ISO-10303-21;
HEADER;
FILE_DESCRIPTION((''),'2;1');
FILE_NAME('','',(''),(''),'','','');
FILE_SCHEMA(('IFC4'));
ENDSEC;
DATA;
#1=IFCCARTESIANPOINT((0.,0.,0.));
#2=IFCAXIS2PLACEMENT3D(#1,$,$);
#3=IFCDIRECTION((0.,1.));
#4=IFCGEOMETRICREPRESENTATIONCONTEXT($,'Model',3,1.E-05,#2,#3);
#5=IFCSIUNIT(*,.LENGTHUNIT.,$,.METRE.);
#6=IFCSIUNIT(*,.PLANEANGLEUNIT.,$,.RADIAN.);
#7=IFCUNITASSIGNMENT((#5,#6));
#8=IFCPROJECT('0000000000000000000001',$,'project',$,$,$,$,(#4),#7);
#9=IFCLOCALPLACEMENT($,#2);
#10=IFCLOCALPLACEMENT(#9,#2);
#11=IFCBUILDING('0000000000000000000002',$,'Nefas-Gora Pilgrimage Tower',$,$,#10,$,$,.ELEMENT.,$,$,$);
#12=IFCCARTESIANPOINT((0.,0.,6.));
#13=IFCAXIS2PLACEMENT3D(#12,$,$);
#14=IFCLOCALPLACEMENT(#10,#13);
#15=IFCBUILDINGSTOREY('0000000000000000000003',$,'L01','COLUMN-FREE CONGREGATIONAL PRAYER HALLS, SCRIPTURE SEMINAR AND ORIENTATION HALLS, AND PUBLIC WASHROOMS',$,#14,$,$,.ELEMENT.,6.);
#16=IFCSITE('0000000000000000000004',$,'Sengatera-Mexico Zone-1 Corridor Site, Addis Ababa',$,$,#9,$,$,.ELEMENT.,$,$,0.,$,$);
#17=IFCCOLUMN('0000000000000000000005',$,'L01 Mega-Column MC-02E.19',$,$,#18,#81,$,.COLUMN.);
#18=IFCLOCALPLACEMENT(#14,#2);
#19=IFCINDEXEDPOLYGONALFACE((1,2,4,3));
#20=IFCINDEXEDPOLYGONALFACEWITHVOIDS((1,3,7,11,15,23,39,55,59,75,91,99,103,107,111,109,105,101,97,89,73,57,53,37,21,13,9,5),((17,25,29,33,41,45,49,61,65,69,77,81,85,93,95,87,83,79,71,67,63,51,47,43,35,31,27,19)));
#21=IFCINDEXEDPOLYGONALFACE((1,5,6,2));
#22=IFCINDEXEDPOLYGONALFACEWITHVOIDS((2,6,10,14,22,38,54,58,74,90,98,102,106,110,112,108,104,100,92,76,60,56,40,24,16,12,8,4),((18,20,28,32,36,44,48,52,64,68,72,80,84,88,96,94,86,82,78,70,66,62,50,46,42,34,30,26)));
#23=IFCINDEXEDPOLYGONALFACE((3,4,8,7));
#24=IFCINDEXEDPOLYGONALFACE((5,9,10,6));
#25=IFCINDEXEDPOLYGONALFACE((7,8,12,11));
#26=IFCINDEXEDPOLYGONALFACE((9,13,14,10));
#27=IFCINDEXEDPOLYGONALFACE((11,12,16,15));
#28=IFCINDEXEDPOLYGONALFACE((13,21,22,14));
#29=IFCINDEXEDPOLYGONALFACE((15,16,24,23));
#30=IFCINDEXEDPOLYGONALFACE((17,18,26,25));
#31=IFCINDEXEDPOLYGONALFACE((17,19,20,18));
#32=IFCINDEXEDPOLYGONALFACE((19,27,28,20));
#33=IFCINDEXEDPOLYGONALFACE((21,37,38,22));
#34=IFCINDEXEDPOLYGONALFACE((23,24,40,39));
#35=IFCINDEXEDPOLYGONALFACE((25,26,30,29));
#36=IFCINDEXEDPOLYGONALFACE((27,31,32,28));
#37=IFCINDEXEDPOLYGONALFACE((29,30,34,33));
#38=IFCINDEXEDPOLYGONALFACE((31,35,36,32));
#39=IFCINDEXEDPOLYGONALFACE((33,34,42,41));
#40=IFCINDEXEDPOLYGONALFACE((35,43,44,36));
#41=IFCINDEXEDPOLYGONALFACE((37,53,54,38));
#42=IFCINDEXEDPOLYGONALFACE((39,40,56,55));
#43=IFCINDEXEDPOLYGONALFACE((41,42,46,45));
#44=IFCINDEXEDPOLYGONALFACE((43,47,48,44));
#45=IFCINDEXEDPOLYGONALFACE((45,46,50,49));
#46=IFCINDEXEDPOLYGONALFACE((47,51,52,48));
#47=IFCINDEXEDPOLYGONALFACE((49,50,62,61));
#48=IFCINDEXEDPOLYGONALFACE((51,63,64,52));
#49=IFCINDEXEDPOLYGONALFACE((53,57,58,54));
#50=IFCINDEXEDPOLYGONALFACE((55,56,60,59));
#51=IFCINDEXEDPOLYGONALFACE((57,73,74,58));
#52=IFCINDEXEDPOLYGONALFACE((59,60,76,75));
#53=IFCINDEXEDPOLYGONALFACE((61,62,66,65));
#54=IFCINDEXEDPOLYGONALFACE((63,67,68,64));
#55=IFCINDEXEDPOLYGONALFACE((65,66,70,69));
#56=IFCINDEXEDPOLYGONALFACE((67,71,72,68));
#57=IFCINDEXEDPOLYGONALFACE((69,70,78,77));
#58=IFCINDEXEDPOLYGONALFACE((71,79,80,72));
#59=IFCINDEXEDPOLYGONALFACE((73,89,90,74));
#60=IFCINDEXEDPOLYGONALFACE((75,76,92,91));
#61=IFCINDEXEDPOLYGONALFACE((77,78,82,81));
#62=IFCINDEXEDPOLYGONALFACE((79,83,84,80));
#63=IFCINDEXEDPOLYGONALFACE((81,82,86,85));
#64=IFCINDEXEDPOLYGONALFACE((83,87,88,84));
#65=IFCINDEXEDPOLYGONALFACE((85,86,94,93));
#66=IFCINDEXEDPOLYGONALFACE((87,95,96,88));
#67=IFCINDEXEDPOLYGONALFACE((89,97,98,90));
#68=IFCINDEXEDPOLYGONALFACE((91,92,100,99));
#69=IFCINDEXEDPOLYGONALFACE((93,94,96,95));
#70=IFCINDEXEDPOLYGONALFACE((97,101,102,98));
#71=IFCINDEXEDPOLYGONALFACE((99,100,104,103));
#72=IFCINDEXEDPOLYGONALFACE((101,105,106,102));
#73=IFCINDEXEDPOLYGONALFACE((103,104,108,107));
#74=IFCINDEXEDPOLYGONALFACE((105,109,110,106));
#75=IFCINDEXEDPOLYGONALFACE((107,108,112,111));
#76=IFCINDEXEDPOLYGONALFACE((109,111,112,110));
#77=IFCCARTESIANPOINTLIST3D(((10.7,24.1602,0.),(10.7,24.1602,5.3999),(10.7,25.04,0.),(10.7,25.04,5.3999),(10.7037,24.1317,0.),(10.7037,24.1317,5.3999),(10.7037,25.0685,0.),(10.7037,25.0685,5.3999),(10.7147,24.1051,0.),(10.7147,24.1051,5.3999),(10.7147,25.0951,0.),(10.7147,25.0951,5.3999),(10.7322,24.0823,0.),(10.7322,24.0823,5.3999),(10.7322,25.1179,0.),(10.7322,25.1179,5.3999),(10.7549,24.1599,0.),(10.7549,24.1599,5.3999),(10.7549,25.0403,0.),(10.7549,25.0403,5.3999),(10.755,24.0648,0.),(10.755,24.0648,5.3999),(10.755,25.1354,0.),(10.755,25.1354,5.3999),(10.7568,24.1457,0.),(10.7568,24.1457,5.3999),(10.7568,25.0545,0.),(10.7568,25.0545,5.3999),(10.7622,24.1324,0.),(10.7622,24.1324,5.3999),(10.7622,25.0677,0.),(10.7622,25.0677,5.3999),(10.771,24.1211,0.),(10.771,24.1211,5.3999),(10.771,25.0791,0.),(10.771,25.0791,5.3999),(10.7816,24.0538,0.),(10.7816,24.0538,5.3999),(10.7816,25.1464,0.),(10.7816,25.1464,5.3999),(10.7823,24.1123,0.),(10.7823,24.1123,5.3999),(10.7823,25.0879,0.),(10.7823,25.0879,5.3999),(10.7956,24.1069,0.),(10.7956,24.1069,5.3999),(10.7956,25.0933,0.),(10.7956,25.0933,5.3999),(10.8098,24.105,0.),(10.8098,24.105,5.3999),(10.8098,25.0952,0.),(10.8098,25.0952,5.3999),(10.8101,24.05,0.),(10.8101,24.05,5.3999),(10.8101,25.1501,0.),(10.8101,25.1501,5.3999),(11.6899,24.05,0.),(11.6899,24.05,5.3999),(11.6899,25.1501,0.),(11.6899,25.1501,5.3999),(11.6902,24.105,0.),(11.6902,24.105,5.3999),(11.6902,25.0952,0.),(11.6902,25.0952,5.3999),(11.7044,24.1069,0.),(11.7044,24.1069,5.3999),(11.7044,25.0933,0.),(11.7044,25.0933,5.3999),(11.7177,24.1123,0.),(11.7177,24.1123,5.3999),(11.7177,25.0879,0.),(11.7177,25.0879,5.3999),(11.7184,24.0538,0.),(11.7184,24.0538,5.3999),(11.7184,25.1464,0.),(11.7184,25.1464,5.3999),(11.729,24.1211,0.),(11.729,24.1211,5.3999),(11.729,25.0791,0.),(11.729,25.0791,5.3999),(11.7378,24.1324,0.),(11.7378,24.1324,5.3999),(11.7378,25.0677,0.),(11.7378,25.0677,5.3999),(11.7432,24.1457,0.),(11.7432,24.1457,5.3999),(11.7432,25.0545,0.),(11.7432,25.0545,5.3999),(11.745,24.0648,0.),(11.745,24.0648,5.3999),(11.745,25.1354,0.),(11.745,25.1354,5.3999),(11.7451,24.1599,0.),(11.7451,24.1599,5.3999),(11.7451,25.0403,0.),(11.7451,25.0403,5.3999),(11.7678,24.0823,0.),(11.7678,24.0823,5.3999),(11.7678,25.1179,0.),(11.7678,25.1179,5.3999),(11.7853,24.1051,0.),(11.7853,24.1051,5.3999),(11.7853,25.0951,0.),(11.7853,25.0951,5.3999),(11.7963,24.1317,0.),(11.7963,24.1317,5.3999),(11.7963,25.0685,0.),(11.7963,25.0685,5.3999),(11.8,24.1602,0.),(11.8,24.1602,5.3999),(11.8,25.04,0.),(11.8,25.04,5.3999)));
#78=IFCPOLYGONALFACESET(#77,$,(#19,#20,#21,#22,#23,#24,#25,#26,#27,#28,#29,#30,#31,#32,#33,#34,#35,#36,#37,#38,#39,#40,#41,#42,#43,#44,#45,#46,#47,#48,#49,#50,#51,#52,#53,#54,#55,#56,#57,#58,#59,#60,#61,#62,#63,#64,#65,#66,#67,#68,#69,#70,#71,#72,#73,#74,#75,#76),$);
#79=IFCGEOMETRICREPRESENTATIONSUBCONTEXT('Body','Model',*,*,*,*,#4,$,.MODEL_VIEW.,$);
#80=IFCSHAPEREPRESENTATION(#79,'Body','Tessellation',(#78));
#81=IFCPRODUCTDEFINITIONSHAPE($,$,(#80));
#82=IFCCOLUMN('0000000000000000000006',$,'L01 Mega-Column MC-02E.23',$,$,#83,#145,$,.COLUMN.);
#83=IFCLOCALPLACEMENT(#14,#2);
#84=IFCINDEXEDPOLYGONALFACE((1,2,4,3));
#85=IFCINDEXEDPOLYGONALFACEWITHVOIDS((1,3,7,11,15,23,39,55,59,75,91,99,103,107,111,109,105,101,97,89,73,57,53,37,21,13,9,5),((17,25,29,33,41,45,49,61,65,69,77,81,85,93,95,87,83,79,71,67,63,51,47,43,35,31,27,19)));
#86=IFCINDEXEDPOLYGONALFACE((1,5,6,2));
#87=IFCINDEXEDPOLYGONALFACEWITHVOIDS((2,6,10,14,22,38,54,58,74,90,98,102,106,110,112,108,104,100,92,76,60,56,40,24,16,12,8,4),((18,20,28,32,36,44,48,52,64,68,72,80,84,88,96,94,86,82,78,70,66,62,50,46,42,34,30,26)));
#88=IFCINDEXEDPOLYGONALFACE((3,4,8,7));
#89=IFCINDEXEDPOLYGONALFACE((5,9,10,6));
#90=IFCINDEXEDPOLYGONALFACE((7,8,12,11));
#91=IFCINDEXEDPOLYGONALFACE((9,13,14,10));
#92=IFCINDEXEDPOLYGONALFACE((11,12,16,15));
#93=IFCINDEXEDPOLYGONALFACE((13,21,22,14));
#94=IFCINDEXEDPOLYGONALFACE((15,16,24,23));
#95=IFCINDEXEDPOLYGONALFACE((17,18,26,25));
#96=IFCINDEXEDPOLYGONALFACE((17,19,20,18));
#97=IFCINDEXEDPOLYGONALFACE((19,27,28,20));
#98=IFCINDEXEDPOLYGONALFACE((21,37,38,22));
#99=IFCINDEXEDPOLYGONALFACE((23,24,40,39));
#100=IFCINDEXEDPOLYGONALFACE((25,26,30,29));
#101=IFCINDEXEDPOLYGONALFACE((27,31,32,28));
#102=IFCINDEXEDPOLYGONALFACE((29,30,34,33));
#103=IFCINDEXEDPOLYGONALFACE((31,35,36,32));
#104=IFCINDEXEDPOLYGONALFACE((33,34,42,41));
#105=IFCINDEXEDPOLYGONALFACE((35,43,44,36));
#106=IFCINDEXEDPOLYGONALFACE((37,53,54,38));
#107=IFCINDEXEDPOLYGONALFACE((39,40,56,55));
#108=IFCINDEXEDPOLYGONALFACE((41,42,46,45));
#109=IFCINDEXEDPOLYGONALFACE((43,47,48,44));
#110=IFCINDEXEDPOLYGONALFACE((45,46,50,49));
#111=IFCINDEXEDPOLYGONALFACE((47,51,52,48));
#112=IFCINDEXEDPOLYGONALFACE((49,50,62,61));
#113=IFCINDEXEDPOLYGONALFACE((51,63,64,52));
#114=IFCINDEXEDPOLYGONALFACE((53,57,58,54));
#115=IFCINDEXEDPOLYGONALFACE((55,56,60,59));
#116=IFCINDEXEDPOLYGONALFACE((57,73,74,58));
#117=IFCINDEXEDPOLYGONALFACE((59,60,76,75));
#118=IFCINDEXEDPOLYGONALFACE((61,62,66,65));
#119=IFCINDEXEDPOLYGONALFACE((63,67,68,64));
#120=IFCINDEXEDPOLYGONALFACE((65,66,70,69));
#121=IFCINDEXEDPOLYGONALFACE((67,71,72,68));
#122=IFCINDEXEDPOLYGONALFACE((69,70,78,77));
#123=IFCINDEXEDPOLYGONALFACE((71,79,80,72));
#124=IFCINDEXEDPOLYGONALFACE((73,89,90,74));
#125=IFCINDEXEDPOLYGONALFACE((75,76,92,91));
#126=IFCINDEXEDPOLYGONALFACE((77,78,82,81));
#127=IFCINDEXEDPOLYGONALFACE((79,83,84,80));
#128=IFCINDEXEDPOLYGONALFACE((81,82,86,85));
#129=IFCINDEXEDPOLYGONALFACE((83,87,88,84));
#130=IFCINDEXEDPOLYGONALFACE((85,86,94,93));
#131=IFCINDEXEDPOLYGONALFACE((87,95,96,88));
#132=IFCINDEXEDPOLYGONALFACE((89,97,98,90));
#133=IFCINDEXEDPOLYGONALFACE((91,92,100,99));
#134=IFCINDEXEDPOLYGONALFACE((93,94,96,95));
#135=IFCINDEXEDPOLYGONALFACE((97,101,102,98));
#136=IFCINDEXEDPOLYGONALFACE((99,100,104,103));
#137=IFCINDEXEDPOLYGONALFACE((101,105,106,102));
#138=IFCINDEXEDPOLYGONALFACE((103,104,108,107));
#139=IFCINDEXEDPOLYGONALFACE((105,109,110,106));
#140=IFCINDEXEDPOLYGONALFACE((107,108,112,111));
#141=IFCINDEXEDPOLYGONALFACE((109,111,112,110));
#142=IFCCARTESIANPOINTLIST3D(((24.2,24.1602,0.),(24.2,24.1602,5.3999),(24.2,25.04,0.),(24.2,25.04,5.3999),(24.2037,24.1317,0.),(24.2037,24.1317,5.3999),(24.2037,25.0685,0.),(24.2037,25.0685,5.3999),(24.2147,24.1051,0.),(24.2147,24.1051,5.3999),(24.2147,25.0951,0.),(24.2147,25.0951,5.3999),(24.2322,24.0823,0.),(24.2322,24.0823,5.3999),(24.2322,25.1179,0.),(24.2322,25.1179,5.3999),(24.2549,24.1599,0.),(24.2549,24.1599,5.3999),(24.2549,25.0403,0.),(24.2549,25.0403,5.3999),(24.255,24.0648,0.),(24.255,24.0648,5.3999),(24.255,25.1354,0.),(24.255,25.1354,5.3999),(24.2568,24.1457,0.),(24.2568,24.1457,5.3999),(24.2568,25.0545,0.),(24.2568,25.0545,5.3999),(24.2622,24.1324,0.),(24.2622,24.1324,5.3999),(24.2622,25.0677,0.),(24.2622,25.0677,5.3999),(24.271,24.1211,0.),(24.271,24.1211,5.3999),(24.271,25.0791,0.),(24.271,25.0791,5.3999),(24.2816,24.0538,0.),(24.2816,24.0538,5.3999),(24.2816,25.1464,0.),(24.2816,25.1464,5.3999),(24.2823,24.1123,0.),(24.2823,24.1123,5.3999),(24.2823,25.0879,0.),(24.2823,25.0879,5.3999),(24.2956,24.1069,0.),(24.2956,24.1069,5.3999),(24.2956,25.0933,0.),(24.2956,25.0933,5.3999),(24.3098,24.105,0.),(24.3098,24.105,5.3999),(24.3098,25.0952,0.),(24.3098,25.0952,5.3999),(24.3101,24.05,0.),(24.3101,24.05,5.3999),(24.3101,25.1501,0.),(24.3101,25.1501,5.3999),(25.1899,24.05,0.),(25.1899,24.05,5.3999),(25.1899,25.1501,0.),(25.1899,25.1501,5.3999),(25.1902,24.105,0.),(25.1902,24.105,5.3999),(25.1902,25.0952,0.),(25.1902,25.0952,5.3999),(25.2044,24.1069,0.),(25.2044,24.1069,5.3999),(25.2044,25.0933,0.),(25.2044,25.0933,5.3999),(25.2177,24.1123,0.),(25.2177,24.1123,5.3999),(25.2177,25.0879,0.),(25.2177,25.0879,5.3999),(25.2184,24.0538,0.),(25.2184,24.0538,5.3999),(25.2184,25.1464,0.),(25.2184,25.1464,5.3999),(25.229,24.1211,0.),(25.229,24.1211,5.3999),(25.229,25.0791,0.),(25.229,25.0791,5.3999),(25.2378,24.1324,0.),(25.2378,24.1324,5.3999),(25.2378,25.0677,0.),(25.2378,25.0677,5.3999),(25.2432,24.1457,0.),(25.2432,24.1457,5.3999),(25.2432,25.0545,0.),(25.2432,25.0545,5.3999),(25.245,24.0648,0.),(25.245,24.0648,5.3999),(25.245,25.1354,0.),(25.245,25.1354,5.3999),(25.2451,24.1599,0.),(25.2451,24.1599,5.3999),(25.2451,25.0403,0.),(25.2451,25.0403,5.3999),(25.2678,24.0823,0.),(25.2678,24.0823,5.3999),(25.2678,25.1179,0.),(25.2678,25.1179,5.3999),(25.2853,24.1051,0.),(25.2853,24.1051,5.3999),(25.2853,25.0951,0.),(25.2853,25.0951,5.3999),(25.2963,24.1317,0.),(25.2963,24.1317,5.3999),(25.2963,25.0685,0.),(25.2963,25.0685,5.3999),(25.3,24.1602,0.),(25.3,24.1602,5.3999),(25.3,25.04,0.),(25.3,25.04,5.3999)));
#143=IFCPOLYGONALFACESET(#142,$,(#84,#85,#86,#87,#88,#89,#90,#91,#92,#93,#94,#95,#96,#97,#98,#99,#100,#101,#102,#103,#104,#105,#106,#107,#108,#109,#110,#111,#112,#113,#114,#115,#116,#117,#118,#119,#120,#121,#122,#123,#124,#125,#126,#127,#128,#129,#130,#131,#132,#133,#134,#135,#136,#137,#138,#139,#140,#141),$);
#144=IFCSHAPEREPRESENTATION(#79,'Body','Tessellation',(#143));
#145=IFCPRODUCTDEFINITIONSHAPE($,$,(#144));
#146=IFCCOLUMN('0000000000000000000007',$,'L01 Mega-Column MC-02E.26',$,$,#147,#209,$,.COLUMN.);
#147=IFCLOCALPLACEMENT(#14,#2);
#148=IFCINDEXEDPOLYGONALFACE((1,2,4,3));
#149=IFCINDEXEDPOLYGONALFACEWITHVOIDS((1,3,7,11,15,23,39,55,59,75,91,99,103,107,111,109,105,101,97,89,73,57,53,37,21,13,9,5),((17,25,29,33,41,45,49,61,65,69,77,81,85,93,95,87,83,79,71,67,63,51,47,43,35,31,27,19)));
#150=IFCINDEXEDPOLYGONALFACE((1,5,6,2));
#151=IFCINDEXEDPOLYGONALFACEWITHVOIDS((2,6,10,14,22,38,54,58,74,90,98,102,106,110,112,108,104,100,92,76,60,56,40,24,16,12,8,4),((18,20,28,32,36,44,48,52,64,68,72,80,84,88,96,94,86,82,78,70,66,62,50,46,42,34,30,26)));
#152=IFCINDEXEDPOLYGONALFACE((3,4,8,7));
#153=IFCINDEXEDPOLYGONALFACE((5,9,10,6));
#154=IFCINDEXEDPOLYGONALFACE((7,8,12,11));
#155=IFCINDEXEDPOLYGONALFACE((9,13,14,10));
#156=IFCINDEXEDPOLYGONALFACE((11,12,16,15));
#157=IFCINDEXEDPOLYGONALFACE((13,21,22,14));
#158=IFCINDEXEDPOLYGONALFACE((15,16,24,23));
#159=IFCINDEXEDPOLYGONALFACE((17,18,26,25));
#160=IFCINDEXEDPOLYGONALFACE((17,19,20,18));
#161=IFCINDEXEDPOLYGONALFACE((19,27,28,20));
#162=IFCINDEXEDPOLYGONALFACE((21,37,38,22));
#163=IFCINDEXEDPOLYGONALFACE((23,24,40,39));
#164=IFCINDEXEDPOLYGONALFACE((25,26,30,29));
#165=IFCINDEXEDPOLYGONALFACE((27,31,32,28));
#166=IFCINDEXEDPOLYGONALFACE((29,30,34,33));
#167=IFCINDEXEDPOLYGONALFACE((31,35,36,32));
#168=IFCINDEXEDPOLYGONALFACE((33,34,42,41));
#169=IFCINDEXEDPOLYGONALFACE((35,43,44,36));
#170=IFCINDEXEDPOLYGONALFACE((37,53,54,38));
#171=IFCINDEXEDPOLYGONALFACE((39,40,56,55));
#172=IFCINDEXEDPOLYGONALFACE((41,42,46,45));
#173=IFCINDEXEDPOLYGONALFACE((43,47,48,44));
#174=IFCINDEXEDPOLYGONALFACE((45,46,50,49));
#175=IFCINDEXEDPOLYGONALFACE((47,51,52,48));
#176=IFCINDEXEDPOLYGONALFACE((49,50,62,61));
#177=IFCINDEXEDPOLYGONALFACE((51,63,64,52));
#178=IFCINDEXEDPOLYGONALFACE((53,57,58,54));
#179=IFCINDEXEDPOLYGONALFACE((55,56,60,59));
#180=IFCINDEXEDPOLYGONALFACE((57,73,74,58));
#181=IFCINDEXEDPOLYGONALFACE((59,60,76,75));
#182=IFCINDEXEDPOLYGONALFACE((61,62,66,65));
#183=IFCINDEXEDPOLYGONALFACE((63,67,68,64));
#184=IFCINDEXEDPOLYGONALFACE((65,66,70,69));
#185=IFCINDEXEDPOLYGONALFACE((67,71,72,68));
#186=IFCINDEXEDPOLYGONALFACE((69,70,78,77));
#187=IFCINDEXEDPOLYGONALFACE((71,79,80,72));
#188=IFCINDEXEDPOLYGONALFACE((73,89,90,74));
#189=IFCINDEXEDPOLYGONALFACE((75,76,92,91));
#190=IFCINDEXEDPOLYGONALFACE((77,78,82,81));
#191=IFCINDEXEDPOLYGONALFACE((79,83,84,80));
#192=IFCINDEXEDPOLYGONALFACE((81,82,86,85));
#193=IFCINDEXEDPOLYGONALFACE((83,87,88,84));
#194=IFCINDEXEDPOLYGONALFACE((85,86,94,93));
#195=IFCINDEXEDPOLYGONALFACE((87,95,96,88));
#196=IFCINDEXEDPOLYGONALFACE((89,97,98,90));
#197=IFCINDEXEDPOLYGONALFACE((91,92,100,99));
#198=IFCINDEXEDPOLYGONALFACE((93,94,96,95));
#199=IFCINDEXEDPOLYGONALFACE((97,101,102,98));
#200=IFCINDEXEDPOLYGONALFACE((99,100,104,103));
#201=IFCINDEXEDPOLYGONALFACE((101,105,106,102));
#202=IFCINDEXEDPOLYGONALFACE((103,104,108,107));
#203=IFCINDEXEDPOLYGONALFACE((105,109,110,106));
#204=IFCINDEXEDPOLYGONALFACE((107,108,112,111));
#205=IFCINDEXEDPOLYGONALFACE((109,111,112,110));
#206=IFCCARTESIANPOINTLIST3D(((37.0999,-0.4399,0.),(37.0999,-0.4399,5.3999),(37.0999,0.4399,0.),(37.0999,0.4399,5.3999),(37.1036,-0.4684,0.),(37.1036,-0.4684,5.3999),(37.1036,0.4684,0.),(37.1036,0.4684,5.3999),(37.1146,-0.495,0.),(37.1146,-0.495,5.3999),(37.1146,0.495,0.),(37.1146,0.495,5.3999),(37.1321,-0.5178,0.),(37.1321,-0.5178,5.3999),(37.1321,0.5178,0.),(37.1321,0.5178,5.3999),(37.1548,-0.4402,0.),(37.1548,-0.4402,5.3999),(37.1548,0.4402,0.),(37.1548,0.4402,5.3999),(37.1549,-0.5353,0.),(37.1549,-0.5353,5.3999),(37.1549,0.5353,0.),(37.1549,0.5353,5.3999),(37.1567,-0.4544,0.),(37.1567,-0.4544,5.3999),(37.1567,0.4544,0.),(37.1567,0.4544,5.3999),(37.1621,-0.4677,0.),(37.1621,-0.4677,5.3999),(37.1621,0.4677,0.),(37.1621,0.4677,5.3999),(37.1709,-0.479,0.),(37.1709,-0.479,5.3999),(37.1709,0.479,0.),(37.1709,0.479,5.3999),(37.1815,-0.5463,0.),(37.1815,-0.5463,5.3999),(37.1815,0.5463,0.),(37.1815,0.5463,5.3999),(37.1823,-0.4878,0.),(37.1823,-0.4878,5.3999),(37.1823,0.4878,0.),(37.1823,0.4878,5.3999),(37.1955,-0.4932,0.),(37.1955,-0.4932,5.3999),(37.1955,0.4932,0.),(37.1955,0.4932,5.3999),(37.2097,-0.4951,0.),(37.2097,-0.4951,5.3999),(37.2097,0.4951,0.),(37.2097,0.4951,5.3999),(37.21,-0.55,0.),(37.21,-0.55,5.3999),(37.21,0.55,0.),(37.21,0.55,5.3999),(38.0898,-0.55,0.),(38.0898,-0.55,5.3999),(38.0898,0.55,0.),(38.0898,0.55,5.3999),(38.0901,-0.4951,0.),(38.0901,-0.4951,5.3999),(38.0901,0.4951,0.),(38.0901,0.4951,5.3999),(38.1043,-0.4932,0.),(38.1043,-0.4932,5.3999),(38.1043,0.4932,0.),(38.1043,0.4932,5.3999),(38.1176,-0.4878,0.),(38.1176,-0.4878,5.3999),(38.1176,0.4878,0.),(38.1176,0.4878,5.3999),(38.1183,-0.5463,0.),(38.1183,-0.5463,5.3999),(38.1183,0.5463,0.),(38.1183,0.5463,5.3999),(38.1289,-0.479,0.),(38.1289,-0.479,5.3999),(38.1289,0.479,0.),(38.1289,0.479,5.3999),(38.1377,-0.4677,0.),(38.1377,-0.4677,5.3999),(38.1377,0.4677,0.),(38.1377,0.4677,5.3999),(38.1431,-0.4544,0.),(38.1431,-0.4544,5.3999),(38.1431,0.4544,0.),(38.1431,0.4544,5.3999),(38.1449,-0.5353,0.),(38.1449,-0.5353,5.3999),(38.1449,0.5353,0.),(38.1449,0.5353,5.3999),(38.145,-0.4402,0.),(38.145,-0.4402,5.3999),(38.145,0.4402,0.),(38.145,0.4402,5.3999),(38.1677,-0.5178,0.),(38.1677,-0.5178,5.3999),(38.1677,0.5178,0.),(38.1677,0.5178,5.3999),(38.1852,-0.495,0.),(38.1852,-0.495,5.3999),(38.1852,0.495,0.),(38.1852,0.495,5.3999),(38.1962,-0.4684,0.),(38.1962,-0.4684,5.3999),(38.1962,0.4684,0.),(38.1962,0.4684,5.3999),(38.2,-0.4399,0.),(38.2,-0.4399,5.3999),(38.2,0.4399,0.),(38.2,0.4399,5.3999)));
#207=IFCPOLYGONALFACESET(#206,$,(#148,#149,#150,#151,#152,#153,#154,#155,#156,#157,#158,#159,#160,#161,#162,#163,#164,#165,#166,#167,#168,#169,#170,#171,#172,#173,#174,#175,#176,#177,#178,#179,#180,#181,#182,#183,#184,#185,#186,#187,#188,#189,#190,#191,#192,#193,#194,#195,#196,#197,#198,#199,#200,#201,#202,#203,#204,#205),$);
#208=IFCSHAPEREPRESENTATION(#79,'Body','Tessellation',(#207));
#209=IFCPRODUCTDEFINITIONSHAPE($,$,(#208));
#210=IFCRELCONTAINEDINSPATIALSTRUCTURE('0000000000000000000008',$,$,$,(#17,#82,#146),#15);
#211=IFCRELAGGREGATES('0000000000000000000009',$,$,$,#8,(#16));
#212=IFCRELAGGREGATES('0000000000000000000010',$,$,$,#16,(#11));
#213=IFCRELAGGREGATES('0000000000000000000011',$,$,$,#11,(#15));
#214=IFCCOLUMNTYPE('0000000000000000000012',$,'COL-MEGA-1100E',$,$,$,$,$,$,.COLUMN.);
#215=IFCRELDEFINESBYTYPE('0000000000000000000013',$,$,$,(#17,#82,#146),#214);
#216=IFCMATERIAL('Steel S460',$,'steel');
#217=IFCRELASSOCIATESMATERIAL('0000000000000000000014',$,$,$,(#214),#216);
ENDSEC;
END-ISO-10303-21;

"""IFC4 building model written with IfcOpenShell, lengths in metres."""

from ifc_helpers import new_model, si_unit, direction, frame, origin, origin_2d, place, context, subcontext, project, spatial, hollow_rectangle, extrude, source, transform, mapped, material, material_profile, profile_set, type_object, element, save


model = new_model("IFC4")

# Units and contexts
model_context = context("Model", 3, precision=1e-05, world=origin(), true_north=direction((0.0, 1.0)))
body_context = subcontext(model_context, "Body", "Model", "MODEL_VIEW")
ifc_project = project(units=[si_unit("LENGTHUNIT", "METRE"), si_unit("PLANEANGLEUNIT", "RADIAN")], contexts=[model_context])

# Site, building, storey
site_placement = place(None, origin())
site = spatial("IfcSite", under=ifc_project, at=site_placement, Name="Sengatera-Mexico Zone-1 Corridor Site, Addis Ababa", CompositionType="ELEMENT", RefElevation=0.0)
building_placement = place(site_placement, origin())
building = spatial("IfcBuilding", under=site, at=building_placement, Name="Nefas-Gora Pilgrimage Tower", CompositionType="ELEMENT")
storey_placement = place(building_placement, frame((0.0, 0.0, 6.0)))
storey = spatial("IfcBuildingStorey", under=building, at=storey_placement, Name="L01", Description="COLUMN-FREE CONGREGATIONAL PRAYER HALLS, SCRIPTURE SEMINAR AND ORIENTATION HALLS, AND PUBLIC WASHROOMS", CompositionType="ELEMENT", Elevation=6.0)

# Columns
ifc_material_1 = material(Name="Steel S460", Category="steel")
ifc_material_profile_1 = material_profile(ifc_material_1, hollow_rectangle(XDim=1.1001, YDim=1.1001, WallThickness=0.0549, InnerFilletRadius=0.0549, OuterFilletRadius=0.1101, at=origin_2d()), Name="BOX 1100x1100x55")
ifc_profile_set_1 = profile_set([ifc_material_profile_1], Name="Steel S460")
column_type_1 = type_object("IfcColumnType", Name="COL-MEGA-1100E", PredefinedType="COLUMN", material=ifc_profile_set_1)
shared_shape_1 = source(origin(), body_context, "Body", "SweptSolid", [
    extrude(hollow_rectangle(XDim=1.1001, YDim=1.1001, WallThickness=0.0549, InnerFilletRadius=0.0549, OuterFilletRadius=0.1101, at=origin_2d()), origin(), (0.0, 0.0, 1.0), 5.3999),
])
for number, where, z_axis, x_axis, name in (
    (1, (11.25, 24.6001, 0.0), (0.0, 0.0, 1.0), (1.0, 0.0, 0.0), "L01 Mega-Column MC-02E.19"),
    (2, (24.75, 24.6001, 0.0), (0.0, 0.0, 1.0), (1.0, 0.0, 0.0), "L01 Mega-Column MC-02E.23"),
    (3, (37.6499, 0.0, 0.0), (0.0, 0.0, 1.0), (1.0, 0.0, 0.0), "L01 Mega-Column MC-02E.26"),
):
    element("IfcColumn", number, at=place(storey_placement, frame(where, z_axis=z_axis, x_axis=x_axis)), inside=storey, type_object=column_type_1, Name=name, PredefinedType="COLUMN", context=body_context, shape_type="MappedRepresentation", body=[
        mapped(shared_shape_1, transform((0.0, 0.0, 0.0), x_axis=(1.0, 0.0, 0.0), y_axis=(0.0, 1.0, 0.0), z_axis=(0.0, 0.0, 1.0), scale=1.0)),
    ])

save(model, "model.ifc")
